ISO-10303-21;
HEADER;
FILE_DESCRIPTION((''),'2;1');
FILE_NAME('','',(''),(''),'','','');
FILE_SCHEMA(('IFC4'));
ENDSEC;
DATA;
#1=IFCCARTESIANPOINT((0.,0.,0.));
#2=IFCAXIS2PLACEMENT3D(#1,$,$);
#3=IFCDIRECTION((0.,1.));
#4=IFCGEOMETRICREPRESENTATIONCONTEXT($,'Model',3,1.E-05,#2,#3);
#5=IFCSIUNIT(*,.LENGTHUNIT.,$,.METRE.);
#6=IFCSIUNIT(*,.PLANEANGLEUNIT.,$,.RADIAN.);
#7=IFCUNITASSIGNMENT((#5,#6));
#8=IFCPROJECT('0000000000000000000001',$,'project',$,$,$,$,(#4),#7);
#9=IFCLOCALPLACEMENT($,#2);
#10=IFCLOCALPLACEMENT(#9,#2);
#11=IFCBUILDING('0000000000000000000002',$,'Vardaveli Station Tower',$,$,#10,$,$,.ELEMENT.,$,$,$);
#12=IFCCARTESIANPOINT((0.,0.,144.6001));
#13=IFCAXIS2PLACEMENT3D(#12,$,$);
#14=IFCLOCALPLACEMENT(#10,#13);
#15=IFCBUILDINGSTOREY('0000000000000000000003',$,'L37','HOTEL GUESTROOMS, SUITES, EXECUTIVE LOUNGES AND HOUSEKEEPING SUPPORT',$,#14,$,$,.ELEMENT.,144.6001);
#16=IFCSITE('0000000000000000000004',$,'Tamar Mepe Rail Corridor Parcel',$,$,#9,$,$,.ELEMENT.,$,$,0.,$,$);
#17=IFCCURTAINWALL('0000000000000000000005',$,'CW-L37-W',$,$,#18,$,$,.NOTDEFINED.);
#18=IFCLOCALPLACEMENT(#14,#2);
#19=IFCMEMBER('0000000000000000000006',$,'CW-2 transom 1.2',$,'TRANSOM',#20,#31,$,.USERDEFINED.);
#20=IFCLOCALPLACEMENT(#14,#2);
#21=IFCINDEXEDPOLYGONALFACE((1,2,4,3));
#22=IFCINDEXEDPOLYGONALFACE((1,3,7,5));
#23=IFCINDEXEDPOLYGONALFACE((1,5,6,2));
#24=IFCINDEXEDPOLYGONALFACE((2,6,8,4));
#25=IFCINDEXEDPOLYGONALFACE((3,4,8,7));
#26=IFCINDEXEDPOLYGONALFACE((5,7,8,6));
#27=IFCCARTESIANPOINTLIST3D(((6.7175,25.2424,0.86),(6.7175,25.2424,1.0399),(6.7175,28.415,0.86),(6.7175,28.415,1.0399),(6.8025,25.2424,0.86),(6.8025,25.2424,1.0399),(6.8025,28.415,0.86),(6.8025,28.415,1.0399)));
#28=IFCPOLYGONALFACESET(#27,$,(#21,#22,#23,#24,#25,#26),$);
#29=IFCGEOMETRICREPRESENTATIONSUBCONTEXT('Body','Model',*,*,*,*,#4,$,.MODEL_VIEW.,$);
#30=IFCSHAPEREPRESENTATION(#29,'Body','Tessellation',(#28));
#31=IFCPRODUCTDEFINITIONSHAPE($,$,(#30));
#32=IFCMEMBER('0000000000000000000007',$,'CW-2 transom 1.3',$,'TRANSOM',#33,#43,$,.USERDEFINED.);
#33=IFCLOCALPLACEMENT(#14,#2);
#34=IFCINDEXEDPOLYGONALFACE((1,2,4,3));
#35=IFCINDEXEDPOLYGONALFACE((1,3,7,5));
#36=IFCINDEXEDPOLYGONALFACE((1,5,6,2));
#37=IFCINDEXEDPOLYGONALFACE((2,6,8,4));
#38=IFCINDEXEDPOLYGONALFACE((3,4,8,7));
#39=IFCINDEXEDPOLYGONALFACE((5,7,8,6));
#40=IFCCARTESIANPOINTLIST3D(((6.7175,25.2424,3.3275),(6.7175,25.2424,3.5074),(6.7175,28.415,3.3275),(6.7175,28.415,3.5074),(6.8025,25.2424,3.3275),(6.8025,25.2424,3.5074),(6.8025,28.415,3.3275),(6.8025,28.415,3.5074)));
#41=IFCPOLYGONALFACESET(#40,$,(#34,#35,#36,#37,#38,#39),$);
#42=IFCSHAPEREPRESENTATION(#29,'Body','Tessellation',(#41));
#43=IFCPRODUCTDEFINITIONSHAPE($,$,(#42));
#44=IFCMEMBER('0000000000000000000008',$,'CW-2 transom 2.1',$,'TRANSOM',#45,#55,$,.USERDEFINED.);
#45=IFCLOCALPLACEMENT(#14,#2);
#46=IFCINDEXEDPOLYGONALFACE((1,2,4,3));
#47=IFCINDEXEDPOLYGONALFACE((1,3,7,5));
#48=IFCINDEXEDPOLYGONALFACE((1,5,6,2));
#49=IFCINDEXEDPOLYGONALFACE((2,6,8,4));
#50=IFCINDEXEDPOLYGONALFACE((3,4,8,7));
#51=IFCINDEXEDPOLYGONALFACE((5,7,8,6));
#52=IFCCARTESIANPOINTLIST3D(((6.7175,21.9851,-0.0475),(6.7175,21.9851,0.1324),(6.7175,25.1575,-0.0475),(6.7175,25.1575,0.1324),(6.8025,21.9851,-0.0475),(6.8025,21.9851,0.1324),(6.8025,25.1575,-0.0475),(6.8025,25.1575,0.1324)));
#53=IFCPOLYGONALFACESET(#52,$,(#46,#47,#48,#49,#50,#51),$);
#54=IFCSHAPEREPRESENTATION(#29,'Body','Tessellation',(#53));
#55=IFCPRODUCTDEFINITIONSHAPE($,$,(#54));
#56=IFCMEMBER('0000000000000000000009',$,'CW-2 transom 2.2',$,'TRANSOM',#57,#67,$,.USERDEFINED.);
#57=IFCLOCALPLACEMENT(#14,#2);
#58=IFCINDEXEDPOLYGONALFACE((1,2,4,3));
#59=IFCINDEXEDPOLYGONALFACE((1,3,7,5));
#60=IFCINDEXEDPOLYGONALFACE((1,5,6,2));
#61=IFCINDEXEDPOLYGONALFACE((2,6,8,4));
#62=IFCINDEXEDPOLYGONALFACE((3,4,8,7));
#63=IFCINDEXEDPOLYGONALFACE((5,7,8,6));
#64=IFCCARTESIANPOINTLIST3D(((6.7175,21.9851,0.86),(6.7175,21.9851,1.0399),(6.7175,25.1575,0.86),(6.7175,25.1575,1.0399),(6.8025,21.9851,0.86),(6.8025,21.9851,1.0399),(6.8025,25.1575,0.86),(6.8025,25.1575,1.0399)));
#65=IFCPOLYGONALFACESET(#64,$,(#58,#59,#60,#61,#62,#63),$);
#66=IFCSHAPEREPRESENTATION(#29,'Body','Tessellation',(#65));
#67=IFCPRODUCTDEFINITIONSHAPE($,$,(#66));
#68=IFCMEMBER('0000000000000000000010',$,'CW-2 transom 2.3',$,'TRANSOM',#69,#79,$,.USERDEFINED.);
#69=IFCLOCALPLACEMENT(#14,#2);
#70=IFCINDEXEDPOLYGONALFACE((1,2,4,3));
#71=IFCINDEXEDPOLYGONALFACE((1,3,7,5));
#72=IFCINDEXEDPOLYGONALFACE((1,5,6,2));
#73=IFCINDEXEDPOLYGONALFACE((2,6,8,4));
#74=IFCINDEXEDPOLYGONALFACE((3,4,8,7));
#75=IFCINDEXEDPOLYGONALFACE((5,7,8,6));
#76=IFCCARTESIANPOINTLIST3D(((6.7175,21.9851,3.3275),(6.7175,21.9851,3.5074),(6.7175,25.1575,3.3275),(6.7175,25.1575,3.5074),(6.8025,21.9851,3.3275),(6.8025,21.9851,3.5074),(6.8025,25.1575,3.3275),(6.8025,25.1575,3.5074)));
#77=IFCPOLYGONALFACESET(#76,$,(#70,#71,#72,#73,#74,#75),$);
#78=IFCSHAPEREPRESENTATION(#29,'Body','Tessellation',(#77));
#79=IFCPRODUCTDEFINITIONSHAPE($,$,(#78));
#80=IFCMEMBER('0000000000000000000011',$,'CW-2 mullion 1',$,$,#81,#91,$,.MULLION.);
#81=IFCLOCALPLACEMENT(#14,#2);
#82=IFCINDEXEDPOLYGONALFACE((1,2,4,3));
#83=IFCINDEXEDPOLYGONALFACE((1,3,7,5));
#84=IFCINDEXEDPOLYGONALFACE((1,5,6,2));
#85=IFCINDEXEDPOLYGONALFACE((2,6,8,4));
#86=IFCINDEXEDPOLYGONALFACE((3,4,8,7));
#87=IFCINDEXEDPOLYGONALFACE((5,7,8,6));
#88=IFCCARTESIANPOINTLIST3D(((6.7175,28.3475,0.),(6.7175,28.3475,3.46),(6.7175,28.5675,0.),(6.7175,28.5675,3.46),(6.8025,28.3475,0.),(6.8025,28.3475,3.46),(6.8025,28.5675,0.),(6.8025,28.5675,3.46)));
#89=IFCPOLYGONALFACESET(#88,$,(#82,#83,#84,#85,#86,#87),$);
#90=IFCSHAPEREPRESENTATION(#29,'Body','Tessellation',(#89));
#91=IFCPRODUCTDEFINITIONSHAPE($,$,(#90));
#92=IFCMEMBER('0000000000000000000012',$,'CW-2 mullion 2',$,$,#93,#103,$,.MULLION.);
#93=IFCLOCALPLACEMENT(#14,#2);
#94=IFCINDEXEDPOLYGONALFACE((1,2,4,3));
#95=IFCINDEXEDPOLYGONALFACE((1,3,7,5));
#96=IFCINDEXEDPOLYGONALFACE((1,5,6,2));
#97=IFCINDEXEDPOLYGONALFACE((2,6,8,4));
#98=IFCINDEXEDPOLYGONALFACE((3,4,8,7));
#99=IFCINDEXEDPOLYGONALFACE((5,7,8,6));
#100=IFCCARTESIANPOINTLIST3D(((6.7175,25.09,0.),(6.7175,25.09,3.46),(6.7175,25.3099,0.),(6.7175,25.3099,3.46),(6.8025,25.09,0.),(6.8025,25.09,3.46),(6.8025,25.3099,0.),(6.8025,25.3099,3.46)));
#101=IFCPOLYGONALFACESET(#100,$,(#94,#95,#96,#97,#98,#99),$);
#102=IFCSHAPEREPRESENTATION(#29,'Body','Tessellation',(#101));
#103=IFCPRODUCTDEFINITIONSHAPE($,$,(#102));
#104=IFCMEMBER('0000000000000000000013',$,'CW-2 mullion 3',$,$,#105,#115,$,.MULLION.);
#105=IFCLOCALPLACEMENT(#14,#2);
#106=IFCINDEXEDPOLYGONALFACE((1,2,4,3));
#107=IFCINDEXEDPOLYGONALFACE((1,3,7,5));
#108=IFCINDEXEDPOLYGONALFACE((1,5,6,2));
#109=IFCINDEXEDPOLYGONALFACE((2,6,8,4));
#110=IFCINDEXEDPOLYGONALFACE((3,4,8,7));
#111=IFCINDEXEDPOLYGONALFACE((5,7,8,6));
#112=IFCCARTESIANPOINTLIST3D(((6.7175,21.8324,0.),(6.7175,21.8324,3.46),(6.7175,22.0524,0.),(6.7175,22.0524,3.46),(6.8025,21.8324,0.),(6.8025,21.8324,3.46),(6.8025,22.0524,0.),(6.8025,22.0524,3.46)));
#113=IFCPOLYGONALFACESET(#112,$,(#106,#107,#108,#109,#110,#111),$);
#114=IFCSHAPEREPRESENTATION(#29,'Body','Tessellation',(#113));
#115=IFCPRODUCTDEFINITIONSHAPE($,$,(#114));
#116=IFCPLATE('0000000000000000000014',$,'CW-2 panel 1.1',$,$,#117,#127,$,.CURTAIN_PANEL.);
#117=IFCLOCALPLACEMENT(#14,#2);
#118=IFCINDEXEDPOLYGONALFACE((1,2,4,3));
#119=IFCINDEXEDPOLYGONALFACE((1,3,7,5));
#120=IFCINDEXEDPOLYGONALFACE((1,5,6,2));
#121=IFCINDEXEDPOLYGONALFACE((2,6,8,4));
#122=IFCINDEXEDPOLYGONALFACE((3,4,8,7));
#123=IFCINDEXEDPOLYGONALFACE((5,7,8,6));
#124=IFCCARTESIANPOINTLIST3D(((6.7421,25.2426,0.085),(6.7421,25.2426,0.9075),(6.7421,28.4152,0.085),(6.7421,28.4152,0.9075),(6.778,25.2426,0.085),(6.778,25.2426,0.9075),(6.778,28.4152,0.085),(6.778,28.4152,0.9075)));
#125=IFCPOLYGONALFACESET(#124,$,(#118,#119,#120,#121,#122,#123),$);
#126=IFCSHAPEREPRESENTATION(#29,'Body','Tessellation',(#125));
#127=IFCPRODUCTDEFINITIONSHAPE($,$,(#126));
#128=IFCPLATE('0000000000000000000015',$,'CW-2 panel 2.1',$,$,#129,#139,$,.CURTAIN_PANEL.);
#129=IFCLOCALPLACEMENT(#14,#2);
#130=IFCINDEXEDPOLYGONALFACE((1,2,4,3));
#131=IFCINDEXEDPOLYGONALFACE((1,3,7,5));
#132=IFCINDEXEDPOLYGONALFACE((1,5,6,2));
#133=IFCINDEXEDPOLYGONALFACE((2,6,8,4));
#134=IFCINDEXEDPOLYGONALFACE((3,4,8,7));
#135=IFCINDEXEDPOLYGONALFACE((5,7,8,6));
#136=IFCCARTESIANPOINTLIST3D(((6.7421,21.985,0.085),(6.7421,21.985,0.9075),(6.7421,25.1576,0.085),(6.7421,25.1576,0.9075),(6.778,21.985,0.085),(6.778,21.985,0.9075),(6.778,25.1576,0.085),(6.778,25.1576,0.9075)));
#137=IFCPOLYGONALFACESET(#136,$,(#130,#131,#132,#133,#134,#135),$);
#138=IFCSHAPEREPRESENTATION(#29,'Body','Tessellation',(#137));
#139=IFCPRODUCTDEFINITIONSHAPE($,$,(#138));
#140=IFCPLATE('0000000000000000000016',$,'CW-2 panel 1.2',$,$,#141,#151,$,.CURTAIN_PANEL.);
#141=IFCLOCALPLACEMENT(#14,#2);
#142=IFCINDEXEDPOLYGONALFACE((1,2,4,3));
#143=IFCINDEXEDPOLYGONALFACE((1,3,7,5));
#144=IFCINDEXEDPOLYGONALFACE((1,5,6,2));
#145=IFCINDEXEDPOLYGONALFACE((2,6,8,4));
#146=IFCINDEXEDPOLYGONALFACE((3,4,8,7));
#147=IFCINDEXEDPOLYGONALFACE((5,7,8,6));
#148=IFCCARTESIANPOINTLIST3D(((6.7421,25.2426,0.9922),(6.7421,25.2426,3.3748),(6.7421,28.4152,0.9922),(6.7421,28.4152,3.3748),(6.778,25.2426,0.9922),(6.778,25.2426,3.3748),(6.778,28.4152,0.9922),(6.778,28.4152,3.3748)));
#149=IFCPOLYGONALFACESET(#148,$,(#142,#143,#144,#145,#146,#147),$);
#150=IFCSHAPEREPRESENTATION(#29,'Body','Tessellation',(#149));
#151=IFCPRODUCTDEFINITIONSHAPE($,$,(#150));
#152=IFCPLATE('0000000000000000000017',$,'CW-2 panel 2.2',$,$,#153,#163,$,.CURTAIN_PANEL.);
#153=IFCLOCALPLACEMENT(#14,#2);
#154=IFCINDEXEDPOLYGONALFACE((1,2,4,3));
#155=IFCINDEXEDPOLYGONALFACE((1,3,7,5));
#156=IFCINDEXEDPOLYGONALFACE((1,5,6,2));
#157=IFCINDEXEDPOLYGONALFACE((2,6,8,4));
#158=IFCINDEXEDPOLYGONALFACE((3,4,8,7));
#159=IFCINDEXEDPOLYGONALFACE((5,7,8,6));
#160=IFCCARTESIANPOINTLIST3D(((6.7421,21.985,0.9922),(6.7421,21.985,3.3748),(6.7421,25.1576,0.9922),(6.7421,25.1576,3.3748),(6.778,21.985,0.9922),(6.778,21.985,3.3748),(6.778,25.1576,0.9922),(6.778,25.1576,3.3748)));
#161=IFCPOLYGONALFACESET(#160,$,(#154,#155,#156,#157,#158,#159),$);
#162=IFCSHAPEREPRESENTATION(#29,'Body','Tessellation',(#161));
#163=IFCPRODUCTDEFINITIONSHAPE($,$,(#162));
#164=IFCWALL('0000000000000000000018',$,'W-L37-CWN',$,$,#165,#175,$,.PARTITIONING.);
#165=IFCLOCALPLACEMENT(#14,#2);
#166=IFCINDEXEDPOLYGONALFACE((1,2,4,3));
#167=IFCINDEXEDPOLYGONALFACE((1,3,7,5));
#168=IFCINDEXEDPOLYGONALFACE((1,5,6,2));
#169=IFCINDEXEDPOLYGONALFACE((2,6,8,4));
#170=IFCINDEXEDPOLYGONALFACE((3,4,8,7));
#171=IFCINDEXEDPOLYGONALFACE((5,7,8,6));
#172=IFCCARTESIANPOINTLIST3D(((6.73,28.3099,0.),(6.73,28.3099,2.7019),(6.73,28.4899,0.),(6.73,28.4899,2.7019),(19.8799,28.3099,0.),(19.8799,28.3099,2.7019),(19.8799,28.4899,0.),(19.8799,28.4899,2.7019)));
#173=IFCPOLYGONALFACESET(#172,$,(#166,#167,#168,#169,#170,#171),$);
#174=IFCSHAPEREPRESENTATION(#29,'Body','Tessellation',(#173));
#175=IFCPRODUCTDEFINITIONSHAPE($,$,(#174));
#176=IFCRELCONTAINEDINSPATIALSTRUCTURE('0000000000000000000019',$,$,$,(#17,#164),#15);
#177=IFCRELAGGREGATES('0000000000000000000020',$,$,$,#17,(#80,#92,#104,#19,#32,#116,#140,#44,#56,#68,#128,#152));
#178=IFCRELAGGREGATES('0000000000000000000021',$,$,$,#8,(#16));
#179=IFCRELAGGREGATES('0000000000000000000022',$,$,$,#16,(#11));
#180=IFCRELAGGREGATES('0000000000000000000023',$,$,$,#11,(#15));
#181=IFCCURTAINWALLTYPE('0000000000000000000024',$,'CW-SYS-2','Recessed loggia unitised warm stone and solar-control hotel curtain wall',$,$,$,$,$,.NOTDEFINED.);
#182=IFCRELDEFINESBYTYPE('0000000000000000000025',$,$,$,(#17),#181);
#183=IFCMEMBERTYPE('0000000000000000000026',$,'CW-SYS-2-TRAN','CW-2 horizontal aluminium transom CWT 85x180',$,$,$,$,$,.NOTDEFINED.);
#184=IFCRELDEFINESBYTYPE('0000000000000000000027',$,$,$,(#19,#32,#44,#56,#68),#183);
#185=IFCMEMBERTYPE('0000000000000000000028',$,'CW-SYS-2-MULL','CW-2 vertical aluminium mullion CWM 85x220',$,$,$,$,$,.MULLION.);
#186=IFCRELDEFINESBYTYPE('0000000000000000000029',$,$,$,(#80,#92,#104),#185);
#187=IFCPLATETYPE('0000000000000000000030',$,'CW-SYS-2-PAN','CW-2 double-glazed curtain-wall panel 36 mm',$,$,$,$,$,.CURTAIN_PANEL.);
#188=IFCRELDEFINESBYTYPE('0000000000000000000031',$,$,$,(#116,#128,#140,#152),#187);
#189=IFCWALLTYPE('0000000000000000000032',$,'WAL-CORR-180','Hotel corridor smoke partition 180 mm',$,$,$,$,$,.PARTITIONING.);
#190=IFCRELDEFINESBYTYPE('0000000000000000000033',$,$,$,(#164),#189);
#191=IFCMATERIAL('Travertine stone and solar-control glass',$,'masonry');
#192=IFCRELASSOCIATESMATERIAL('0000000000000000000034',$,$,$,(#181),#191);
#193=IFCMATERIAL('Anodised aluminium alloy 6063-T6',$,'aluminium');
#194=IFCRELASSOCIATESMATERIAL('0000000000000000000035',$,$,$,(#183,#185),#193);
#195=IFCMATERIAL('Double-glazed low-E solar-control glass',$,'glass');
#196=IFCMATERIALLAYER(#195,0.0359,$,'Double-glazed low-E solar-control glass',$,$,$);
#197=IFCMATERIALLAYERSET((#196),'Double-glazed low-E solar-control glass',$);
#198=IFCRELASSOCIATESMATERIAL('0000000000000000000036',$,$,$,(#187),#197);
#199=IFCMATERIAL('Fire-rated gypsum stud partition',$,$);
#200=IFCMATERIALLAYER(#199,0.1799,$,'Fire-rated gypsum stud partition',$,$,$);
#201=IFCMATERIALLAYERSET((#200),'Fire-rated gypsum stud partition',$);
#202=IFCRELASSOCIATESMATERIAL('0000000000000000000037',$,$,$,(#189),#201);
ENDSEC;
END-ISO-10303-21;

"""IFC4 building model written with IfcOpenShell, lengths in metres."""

from ifc_helpers import new_model, si_unit, direction, frame, frame_2d, origin, origin_2d, place, context, subcontext, project, spatial, rectangle, extrude, source, transform, mapped, material, layer, layer_set, material_profile, profile_set, type_object, element, aggregate, save


model = new_model("IFC4")

# Units and contexts
model_context = context("Model", 3, precision=1e-05, world=origin(), true_north=direction((0.0, 1.0)))
body_context = subcontext(model_context, "Body", "Model", "MODEL_VIEW")
ifc_project = project(units=[si_unit("LENGTHUNIT", "METRE"), si_unit("PLANEANGLEUNIT", "RADIAN")], contexts=[model_context])

# Site, building, storey
site_placement = place(None, origin())
site = spatial("IfcSite", under=ifc_project, at=site_placement, Name="Tamar Mepe Rail Corridor Parcel", CompositionType="ELEMENT", RefElevation=0.0)
building_placement = place(site_placement, origin())
building = spatial("IfcBuilding", under=site, at=building_placement, Name="Vardaveli Station Tower", CompositionType="ELEMENT")
storey_placement = place(building_placement, frame((0.0, 0.0, 144.6001)))
storey = spatial("IfcBuildingStorey", under=building, at=storey_placement, Name="L37", Description="HOTEL GUESTROOMS, SUITES, EXECUTIVE LOUNGES AND HOUSEKEEPING SUPPORT", CompositionType="ELEMENT", Elevation=144.6001)

# Curtain wall, members, plates
ifc_material_1 = material(Name="Travertine stone and solar-control glass", Category="masonry")
curtain_wall_type = type_object("IfcCurtainWallType", Name="CW-SYS-2", Description="Recessed loggia unitised warm stone and solar-control hotel curtain wall", PredefinedType="NOTDEFINED", material=ifc_material_1)
curtain_wall_placement = place(storey_placement, origin())
curtain_wall = element("IfcCurtainWall", 1, at=curtain_wall_placement, inside=storey, type_object=curtain_wall_type, Name="CW-L37-W", PredefinedType="NOTDEFINED")
ifc_material_2 = material(Name="Anodised aluminium alloy 6063-T6", Category="aluminium")
ifc_material_profile_1 = material_profile(ifc_material_2, rectangle(XDim=0.085, YDim=0.1799, at=origin_2d()), Name="CWT 85x180")
ifc_profile_set_1 = profile_set([ifc_material_profile_1], Name="Anodised aluminium alloy 6063-T6")
member_type_1 = type_object("IfcMemberType", Name="CW-SYS-2-TRAN", Description="CW-2 horizontal aluminium transom CWT 85x180", PredefinedType="NOTDEFINED", material=ifc_profile_set_1)
shared_shape_1 = source(origin(), body_context, "Body", "SweptSolid", [
    extrude(rectangle(XDim=0.085, YDim=0.1799, at=origin_2d()), origin(), (0.0, 0.0, 1.0), 3.1726),
])
member_1_placement = place(storey_placement, frame((6.76, 28.415, 0.95), z_axis=(0.0, -1.0, 0.0), x_axis=(1.0, 0.0, 0.0)))
member_1 = element("IfcMember", 2, at=member_1_placement, type_object=member_type_1, Name="CW-2 transom 1.2", ObjectType="TRANSOM", PredefinedType="USERDEFINED", context=body_context, shape_type="MappedRepresentation", body=[
    mapped(shared_shape_1, transform((0.0, 0.0, 0.0), scale=1.0)),
])
member_2_placement = place(storey_placement, frame((6.76, 28.415, 3.4175), z_axis=(0.0, -1.0, 0.0), x_axis=(1.0, 0.0, 0.0)))
member_2 = element("IfcMember", 3, at=member_2_placement, type_object=member_type_1, Name="CW-2 transom 1.3", ObjectType="TRANSOM", PredefinedType="USERDEFINED", context=body_context, shape_type="MappedRepresentation", body=[
    mapped(shared_shape_1, transform((0.0, 0.0, 0.0), scale=1.0)),
])
shared_shape_2 = source(origin(), body_context, "Body", "SweptSolid", [
    extrude(rectangle(XDim=0.085, YDim=0.1799, at=origin_2d()), origin(), (0.0, 0.0, 1.0), 3.1724),
])
member_3_placement = place(storey_placement, frame((6.76, 25.1575, 0.0425), z_axis=(0.0, -1.0, 0.0), x_axis=(1.0, 0.0, 0.0)))
member_3 = element("IfcMember", 4, at=member_3_placement, type_object=member_type_1, Name="CW-2 transom 2.1", ObjectType="TRANSOM", PredefinedType="USERDEFINED", context=body_context, shape_type="MappedRepresentation", body=[
    mapped(shared_shape_2, transform((0.0, 0.0, 0.0), scale=1.0)),
])
member_4_placement = place(storey_placement, frame((6.76, 25.1575, 0.95), z_axis=(0.0, -1.0, 0.0), x_axis=(1.0, 0.0, 0.0)))
member_4 = element("IfcMember", 5, at=member_4_placement, type_object=member_type_1, Name="CW-2 transom 2.2", ObjectType="TRANSOM", PredefinedType="USERDEFINED", context=body_context, shape_type="MappedRepresentation", body=[
    mapped(shared_shape_2, transform((0.0, 0.0, 0.0), scale=1.0)),
])
member_5_placement = place(storey_placement, frame((6.76, 25.1575, 3.4175), z_axis=(0.0, -1.0, 0.0), x_axis=(1.0, 0.0, 0.0)))
member_5 = element("IfcMember", 6, at=member_5_placement, type_object=member_type_1, Name="CW-2 transom 2.3", ObjectType="TRANSOM", PredefinedType="USERDEFINED", context=body_context, shape_type="MappedRepresentation", body=[
    mapped(shared_shape_2, transform((0.0, 0.0, 0.0), scale=1.0)),
])
ifc_material_profile_2 = material_profile(ifc_material_2, rectangle(XDim=0.085, YDim=0.22, at=origin_2d()), Name="CWM 85x220")
ifc_profile_set_2 = profile_set([ifc_material_profile_2], Name="Anodised aluminium alloy 6063-T6")
member_type_2 = type_object("IfcMemberType", Name="CW-SYS-2-MULL", Description="CW-2 vertical aluminium mullion CWM 85x220", PredefinedType="MULLION", material=ifc_profile_set_2)
shared_shape_3 = source(origin(), body_context, "Body", "SweptSolid", [
    extrude(rectangle(XDim=0.085, YDim=0.22, at=origin_2d()), origin(), (0.0, 0.0, 1.0), 3.46),
])
member_6_placement = place(storey_placement, frame((6.76, 28.4575, 0.0), z_axis=(0.0, 0.0, 1.0), x_axis=(1.0, 0.0, 0.0)))
member_6 = element("IfcMember", 7, at=member_6_placement, type_object=member_type_2, Name="CW-2 mullion 1", PredefinedType="MULLION", context=body_context, shape_type="MappedRepresentation", body=[
    mapped(shared_shape_3, transform((0.0, 0.0, 0.0), scale=1.0)),
])
member_7_placement = place(storey_placement, frame((6.76, 25.2, 0.0), z_axis=(0.0, 0.0, 1.0), x_axis=(1.0, 0.0, 0.0)))
member_7 = element("IfcMember", 8, at=member_7_placement, type_object=member_type_2, Name="CW-2 mullion 2", PredefinedType="MULLION", context=body_context, shape_type="MappedRepresentation", body=[
    mapped(shared_shape_3, transform((0.0, 0.0, 0.0), scale=1.0)),
])
member_8_placement = place(storey_placement, frame((6.76, 21.9424, 0.0), z_axis=(0.0, 0.0, 1.0), x_axis=(1.0, 0.0, 0.0)))
member_8 = element("IfcMember", 9, at=member_8_placement, type_object=member_type_2, Name="CW-2 mullion 3", PredefinedType="MULLION", context=body_context, shape_type="MappedRepresentation", body=[
    mapped(shared_shape_3, transform((0.0, 0.0, 0.0), scale=1.0)),
])
ifc_material_3 = material(Name="Double-glazed low-E solar-control glass", Category="glass")
ifc_layer_1 = layer(ifc_material_3, 0.0359, Name="Double-glazed low-E solar-control glass")
ifc_layer_set_1 = layer_set([ifc_layer_1], Name="Double-glazed low-E solar-control glass")
plate_type = type_object("IfcPlateType", Name="CW-SYS-2-PAN", Description="CW-2 double-glazed curtain-wall panel 36 mm", PredefinedType="CURTAIN_PANEL", material=ifc_layer_set_1)
shared_shape_4 = source(origin(), body_context, "Body", "SweptSolid", [
    extrude(rectangle(XDim=3.1726, YDim=0.0359, at=origin_2d()), origin(), (0.0, 0.0, 1.0), 0.8225),
])
plate_1_placement = place(storey_placement, frame((6.76, 26.8289, 0.085), z_axis=(0.0, 0.0, 1.0), x_axis=(0.0, -1.0, 0.0)))
plate_1 = element("IfcPlate", 10, at=plate_1_placement, type_object=plate_type, Name="CW-2 panel 1.1", PredefinedType="CURTAIN_PANEL", context=body_context, shape_type="MappedRepresentation", body=[
    mapped(shared_shape_4, transform((0.0, 0.0, 0.0), scale=1.0)),
])
plate_2_placement = place(storey_placement, frame((6.76, 23.5713, 0.085), z_axis=(0.0, 0.0, 1.0), x_axis=(0.0, -1.0, 0.0)))
plate_2 = element("IfcPlate", 11, at=plate_2_placement, type_object=plate_type, Name="CW-2 panel 2.1", PredefinedType="CURTAIN_PANEL", context=body_context, shape_type="MappedRepresentation", body=[
    mapped(shared_shape_4, transform((0.0, 0.0, 0.0), scale=1.0)),
])
shared_shape_5 = source(origin(), body_context, "Body", "SweptSolid", [
    extrude(rectangle(XDim=3.1726, YDim=0.0359, at=origin_2d()), origin(), (0.0, 0.0, 1.0), 2.3826),
])
plate_3_placement = place(storey_placement, frame((6.76, 26.8289, 0.9922), z_axis=(0.0, 0.0, 1.0), x_axis=(0.0, -1.0, 0.0)))
plate_3 = element("IfcPlate", 12, at=plate_3_placement, type_object=plate_type, Name="CW-2 panel 1.2", PredefinedType="CURTAIN_PANEL", context=body_context, shape_type="MappedRepresentation", body=[
    mapped(shared_shape_5, transform((0.0, 0.0, 0.0), scale=1.0)),
])
plate_4_placement = place(storey_placement, frame((6.76, 23.5713, 0.9922), z_axis=(0.0, 0.0, 1.0), x_axis=(0.0, -1.0, 0.0)))
plate_4 = element("IfcPlate", 13, at=plate_4_placement, type_object=plate_type, Name="CW-2 panel 2.2", PredefinedType="CURTAIN_PANEL", context=body_context, shape_type="MappedRepresentation", body=[
    mapped(shared_shape_5, transform((0.0, 0.0, 0.0), scale=1.0)),
])
aggregate(curtain_wall, [member_6, member_7, member_8, member_1, member_2, plate_1, plate_3, member_3, member_4, member_5, plate_2, plate_4])

# Wall
ifc_material_4 = material(Name="Fire-rated gypsum stud partition")
ifc_layer_2 = layer(ifc_material_4, 0.1799, Name="Fire-rated gypsum stud partition")
ifc_layer_set_2 = layer_set([ifc_layer_2], Name="Fire-rated gypsum stud partition")
wall_type_1 = type_object("IfcWallType", Name="WAL-CORR-180", Description="Hotel corridor smoke partition 180 mm", PredefinedType="PARTITIONING", material=ifc_layer_set_2)
shared_shape_6 = source(origin(), body_context, "Body", "SweptSolid", [
    extrude(rectangle(XDim=13.1499, YDim=0.1799, at=frame_2d((6.575, 0.0))), origin(), (0.0, 0.0, 1.0), 2.7019),
])
wall_1_placement = place(storey_placement, frame((6.73, 28.3999, 0.0), z_axis=(0.0, 0.0, 1.0), x_axis=(1.0, 0.0, 0.0)))
element("IfcWall", 14, at=wall_1_placement, inside=storey, type_object=wall_type_1, Name="W-L37-CWN", PredefinedType="PARTITIONING", context=body_context, shape_type="MappedRepresentation", body=[
    mapped(shared_shape_6, transform((0.0, 0.0, 0.0), scale=1.0)),
])

save(model, "model.ifc")
